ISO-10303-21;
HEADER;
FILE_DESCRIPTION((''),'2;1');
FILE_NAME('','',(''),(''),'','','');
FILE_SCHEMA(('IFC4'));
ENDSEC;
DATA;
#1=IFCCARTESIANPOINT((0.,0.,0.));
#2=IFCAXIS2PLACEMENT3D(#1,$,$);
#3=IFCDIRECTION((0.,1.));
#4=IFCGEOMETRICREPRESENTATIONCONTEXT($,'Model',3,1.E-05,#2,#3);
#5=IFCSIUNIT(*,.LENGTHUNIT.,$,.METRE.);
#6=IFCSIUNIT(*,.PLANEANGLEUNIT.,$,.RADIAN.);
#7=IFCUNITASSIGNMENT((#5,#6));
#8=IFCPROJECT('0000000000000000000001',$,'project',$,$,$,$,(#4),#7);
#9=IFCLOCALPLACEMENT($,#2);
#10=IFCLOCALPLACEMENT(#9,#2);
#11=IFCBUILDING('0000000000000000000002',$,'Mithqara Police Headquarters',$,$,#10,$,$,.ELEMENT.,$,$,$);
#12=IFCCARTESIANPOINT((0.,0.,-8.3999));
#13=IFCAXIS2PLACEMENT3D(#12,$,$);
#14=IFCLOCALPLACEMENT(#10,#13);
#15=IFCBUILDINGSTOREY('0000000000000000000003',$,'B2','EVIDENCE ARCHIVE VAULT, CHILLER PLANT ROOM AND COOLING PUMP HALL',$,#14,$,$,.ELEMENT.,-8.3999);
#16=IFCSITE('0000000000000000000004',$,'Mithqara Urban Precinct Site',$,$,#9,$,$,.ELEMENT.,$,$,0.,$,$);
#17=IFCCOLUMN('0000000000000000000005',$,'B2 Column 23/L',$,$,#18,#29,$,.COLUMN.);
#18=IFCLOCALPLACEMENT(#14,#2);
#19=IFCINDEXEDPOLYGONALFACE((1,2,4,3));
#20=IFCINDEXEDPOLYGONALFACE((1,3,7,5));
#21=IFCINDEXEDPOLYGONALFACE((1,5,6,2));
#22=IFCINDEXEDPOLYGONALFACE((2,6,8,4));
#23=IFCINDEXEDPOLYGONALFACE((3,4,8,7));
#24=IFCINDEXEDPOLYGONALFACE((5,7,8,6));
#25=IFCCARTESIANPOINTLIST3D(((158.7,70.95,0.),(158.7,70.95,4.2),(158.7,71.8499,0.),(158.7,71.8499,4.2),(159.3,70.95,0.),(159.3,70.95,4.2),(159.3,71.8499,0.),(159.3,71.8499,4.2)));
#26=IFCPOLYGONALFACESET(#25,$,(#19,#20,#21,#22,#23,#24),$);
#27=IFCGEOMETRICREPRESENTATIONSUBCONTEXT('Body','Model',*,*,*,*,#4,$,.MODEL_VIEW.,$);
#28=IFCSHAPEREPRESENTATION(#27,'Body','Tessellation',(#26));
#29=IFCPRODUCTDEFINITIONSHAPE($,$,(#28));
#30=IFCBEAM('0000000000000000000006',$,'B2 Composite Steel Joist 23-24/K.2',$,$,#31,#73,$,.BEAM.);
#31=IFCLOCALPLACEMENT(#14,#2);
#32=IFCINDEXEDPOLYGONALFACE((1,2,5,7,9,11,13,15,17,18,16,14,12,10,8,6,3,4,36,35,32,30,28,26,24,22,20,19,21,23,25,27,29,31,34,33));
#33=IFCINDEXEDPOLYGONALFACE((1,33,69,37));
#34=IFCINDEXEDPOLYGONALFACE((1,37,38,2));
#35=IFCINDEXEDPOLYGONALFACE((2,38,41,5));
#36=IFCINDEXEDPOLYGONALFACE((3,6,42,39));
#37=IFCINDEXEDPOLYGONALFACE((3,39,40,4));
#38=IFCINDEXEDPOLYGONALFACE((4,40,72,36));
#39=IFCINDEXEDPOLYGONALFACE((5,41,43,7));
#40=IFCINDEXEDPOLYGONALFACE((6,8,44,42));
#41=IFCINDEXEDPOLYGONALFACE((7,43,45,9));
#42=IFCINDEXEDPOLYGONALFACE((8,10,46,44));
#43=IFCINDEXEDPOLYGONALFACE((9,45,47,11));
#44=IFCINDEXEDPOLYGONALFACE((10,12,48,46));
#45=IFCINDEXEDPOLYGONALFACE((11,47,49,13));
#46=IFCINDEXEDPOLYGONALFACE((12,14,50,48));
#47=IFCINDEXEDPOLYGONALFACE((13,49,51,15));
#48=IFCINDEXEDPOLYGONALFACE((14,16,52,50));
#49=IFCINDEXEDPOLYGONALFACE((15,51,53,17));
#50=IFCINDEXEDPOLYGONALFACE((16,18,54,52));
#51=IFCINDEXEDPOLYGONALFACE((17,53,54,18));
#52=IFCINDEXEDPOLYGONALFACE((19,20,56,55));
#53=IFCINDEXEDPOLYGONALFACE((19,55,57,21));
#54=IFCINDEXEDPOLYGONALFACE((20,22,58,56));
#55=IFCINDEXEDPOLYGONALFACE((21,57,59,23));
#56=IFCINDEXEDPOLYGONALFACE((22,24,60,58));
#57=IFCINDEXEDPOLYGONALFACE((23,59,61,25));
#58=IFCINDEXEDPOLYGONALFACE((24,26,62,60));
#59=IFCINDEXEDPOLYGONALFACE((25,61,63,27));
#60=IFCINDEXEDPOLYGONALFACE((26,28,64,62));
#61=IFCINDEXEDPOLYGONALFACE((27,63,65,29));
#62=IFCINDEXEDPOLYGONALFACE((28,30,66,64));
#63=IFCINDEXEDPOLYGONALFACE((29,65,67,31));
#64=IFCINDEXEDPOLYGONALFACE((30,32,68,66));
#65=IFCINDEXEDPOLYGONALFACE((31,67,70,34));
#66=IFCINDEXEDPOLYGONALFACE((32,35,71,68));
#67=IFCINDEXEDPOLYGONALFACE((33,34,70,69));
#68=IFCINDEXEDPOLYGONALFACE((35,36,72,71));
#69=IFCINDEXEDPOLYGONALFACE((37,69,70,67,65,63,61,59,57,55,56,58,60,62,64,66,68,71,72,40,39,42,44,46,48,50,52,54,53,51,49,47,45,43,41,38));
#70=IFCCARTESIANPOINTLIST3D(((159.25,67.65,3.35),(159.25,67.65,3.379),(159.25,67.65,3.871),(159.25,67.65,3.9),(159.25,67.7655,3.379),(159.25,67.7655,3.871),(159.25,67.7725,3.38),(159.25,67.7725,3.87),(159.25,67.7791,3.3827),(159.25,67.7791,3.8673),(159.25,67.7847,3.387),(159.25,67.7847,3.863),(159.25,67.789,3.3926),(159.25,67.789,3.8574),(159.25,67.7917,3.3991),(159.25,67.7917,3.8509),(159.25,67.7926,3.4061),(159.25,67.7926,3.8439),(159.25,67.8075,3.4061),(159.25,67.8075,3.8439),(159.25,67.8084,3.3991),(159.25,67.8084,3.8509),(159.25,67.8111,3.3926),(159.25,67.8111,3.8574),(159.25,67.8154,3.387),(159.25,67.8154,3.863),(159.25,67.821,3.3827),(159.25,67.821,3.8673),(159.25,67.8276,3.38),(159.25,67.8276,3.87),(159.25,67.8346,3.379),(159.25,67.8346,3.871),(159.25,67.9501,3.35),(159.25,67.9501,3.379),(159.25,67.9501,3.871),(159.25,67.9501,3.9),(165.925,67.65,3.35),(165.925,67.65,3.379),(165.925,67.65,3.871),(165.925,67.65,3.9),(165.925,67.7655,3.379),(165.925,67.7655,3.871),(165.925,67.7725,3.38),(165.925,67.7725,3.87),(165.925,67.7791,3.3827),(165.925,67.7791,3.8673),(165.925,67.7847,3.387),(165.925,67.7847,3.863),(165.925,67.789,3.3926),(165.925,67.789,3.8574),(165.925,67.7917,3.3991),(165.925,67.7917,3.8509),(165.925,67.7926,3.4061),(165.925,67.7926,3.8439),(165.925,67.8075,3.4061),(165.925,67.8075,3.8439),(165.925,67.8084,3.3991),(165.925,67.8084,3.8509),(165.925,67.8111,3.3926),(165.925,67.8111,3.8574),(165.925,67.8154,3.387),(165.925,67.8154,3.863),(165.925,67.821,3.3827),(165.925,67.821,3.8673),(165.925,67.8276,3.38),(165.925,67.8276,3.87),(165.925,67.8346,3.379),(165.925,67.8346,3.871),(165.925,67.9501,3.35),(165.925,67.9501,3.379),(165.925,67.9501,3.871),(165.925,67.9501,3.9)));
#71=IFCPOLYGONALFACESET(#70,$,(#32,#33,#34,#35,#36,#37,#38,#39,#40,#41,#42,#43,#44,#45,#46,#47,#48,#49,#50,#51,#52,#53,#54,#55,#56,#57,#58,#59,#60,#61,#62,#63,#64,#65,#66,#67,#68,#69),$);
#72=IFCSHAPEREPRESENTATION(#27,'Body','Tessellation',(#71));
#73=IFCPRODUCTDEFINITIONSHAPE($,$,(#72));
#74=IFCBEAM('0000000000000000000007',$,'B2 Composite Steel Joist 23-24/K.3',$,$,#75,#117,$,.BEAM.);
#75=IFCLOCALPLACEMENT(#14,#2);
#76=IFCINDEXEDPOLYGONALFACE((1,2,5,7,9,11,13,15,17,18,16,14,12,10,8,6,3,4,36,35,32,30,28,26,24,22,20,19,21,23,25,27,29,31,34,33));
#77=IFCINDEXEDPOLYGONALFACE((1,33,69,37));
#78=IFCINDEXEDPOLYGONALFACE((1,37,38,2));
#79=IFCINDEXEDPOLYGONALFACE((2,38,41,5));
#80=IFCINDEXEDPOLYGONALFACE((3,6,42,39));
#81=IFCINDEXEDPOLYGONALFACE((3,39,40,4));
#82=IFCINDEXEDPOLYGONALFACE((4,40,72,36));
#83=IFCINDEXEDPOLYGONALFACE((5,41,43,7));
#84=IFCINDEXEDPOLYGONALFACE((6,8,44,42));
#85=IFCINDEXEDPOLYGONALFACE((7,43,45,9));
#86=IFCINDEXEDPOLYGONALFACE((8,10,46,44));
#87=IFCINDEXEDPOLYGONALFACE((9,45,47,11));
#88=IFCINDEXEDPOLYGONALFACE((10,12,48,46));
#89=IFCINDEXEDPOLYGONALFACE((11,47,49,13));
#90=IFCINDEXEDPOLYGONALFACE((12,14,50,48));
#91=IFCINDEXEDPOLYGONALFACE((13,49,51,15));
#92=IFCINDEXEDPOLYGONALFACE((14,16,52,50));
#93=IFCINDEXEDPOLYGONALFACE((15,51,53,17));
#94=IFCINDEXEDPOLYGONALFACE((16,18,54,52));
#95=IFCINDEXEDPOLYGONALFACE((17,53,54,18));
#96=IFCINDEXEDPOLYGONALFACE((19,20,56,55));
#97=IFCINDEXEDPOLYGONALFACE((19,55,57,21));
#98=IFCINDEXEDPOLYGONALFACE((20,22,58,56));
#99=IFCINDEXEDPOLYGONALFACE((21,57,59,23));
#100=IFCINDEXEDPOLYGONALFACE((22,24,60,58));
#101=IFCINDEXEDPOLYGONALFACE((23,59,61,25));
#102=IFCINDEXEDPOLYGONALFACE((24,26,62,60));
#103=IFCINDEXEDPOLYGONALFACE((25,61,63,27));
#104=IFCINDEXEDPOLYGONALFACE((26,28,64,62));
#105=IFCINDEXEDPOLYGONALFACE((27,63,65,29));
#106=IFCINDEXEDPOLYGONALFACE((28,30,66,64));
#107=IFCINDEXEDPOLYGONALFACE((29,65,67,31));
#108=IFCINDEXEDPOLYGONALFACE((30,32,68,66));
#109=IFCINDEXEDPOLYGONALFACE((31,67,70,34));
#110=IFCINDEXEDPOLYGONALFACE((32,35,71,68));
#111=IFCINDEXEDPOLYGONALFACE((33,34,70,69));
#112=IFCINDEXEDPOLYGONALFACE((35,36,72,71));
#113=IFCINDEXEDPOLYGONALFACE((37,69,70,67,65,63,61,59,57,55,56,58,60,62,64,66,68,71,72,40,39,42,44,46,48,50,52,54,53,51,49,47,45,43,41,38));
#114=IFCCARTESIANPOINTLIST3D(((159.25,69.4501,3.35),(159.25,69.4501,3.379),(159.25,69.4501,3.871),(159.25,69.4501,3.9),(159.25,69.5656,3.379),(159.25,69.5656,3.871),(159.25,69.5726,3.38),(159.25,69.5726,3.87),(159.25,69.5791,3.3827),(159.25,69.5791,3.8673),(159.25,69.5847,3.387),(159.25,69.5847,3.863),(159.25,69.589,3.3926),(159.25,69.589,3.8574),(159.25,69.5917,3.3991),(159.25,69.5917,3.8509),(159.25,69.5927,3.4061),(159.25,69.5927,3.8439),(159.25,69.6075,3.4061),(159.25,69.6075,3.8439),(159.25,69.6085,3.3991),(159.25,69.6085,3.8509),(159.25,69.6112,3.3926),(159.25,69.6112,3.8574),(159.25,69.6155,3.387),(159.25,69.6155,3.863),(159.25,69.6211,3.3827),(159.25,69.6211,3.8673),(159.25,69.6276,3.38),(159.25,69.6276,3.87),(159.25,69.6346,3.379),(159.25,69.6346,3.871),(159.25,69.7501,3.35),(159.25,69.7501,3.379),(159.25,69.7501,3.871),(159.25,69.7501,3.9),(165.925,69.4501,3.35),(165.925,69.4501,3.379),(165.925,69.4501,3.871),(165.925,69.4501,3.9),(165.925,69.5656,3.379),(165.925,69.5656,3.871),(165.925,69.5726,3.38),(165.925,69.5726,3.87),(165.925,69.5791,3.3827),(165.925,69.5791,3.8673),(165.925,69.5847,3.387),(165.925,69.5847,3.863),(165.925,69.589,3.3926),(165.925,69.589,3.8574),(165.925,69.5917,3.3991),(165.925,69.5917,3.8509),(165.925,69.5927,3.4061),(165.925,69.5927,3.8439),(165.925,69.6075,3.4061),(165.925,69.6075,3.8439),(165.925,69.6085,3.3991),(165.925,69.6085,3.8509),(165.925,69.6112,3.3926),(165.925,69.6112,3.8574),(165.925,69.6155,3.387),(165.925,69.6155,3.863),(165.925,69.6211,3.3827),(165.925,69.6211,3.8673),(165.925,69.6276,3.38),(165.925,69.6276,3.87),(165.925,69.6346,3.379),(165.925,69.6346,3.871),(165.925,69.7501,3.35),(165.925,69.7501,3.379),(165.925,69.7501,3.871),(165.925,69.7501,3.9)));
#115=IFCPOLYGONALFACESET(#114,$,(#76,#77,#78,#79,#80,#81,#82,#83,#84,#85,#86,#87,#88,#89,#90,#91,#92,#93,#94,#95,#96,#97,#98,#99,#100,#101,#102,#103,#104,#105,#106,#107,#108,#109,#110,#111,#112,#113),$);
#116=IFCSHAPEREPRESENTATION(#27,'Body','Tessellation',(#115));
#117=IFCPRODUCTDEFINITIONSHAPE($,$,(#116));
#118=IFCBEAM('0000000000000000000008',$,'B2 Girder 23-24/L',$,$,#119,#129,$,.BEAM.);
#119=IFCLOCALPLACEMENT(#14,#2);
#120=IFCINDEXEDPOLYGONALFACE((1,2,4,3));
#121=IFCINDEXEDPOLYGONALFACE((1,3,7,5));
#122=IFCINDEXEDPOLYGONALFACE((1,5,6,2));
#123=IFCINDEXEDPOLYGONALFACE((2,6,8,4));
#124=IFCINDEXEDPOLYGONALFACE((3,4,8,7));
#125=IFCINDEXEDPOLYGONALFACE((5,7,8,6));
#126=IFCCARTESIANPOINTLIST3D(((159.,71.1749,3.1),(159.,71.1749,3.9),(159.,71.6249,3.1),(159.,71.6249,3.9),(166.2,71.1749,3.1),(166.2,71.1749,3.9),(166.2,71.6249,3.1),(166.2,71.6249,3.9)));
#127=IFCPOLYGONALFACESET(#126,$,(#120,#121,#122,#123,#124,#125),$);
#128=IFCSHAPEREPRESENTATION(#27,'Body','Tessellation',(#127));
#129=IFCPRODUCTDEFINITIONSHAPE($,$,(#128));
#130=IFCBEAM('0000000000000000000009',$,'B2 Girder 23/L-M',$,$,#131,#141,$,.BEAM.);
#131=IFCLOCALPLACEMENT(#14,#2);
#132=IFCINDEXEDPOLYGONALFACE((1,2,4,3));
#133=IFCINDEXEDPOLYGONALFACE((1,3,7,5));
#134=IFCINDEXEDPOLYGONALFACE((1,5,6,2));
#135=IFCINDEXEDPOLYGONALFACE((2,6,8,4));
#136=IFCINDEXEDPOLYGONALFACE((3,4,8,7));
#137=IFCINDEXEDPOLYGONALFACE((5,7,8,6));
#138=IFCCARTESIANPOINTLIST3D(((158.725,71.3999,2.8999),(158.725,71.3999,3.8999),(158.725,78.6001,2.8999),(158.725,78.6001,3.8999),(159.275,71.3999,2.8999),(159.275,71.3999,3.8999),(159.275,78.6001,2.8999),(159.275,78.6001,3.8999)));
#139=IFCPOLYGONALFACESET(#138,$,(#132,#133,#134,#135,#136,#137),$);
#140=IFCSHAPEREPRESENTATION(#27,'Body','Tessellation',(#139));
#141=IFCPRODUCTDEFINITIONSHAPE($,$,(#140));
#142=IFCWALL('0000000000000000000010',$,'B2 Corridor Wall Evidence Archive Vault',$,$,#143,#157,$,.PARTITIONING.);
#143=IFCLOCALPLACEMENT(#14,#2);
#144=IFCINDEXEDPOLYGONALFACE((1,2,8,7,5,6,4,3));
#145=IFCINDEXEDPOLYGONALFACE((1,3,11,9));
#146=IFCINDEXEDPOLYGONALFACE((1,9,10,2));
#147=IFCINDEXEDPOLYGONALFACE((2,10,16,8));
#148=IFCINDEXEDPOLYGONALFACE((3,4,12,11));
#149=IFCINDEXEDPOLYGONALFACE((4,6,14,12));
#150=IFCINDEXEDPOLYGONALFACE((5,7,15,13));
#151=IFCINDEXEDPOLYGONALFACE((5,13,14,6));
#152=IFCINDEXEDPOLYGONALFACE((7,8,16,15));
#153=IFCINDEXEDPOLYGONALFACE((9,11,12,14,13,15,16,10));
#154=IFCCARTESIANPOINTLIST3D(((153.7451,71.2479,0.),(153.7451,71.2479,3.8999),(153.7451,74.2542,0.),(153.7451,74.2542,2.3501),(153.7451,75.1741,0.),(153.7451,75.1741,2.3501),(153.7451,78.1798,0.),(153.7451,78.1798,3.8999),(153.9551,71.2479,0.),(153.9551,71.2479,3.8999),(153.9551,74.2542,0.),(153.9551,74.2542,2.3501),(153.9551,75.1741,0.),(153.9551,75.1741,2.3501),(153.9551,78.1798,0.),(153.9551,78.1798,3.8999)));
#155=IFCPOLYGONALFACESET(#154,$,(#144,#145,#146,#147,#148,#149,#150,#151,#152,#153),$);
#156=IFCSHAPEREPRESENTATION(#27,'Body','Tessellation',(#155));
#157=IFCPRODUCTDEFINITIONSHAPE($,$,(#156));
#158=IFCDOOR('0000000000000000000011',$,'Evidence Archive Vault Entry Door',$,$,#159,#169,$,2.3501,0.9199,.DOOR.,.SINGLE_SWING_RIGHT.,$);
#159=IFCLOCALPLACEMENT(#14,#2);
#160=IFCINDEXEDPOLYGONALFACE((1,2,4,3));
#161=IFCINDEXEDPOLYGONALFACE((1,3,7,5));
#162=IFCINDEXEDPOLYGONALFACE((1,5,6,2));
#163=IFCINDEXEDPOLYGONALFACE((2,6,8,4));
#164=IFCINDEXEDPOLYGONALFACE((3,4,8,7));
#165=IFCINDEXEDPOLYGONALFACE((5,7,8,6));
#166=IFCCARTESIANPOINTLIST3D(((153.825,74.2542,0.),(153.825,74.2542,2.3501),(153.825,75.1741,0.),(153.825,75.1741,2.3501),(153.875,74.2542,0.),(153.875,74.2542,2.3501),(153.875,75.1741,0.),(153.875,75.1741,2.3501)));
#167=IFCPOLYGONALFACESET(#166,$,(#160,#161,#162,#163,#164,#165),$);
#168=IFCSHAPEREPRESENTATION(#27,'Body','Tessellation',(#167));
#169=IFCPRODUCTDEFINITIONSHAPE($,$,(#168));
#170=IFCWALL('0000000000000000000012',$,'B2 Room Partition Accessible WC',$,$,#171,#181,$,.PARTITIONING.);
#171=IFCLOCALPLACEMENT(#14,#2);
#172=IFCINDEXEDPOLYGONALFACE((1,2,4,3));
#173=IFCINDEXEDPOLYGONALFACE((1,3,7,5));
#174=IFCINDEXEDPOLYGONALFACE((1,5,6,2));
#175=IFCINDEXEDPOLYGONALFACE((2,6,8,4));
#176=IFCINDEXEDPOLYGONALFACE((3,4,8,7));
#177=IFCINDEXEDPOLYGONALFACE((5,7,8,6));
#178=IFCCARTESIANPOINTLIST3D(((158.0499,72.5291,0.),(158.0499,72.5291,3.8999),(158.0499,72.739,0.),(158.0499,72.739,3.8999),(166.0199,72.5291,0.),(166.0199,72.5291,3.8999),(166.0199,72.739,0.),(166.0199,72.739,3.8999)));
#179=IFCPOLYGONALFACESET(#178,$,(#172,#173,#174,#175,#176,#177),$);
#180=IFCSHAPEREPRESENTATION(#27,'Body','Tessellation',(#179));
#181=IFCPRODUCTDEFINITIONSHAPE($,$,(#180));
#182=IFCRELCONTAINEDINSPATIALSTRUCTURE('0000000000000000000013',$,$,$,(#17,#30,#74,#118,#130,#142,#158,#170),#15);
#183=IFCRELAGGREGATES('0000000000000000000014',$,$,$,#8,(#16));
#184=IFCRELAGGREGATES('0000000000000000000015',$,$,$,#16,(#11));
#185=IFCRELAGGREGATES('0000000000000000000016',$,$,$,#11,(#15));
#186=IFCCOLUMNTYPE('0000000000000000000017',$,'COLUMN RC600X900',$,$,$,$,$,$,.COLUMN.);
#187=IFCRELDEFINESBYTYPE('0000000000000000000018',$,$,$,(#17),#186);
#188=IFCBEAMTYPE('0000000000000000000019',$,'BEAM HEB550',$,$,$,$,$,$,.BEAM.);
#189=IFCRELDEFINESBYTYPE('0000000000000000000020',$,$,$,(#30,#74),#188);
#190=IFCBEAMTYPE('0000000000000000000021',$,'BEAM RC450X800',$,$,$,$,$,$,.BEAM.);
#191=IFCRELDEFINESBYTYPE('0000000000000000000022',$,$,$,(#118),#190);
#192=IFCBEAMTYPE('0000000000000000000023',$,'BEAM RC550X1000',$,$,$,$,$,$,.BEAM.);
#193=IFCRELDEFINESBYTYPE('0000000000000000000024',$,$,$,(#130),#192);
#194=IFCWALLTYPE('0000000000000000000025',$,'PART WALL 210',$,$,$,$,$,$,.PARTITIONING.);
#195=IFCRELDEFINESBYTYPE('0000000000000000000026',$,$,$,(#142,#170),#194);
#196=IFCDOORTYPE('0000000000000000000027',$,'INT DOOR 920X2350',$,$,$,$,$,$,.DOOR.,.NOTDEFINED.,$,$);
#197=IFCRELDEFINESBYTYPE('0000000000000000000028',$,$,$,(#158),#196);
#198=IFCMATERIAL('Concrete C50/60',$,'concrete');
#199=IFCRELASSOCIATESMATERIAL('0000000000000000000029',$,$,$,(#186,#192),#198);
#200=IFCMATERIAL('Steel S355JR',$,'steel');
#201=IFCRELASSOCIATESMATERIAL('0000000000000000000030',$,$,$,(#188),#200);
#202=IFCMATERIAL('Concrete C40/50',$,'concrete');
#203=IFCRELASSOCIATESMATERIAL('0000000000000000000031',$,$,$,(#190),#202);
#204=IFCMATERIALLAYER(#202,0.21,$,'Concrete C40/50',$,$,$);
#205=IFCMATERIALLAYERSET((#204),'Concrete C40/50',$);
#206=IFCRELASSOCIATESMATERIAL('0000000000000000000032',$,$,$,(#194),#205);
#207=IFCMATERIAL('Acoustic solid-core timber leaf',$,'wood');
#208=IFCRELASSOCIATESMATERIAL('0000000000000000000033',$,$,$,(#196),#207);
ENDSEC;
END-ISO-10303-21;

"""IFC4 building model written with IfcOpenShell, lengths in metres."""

from ifc_helpers import new_model, si_unit, direction, frame, frame_2d, origin, origin_2d, place, context, subcontext, project, spatial, rectangle, i_section, extrude, material, layer, layer_set, material_profile, profile_set, type_object, element, fill, save


model = new_model("IFC4")

# Units and contexts
model_context = context("Model", 3, precision=1e-05, world=origin(), true_north=direction((0.0, 1.0)))
body_context = subcontext(model_context, "Body", "Model", "MODEL_VIEW")
ifc_project = project(units=[si_unit("LENGTHUNIT", "METRE"), si_unit("PLANEANGLEUNIT", "RADIAN")], contexts=[model_context])

# Site, building, storey
site_placement = place(None, origin())
site = spatial("IfcSite", under=ifc_project, at=site_placement, Name="Mithqara Urban Precinct Site", CompositionType="ELEMENT", RefElevation=0.0)
building_placement = place(site_placement, origin())
building = spatial("IfcBuilding", under=site, at=building_placement, Name="Mithqara Police Headquarters", CompositionType="ELEMENT")
storey_placement = place(building_placement, frame((0.0, 0.0, -8.3999)))
storey = spatial("IfcBuildingStorey", under=building, at=storey_placement, Name="B2", Description="EVIDENCE ARCHIVE VAULT, CHILLER PLANT ROOM AND COOLING PUMP HALL", CompositionType="ELEMENT", Elevation=-8.3999)

# Shared definitions
ifc_material_1 = material(Name="Concrete C40/50", Category="concrete")

# Column
ifc_material_2 = material(Name="Concrete C50/60", Category="concrete")
ifc_material_profile_1 = material_profile(ifc_material_2, rectangle(XDim=0.6001, YDim=0.8999, at=origin_2d()), Name="RC 600x900")
ifc_profile_set_1 = profile_set([ifc_material_profile_1], Name="Concrete C50/60")
column_type = type_object("IfcColumnType", Name="COLUMN RC600X900", PredefinedType="COLUMN", material=ifc_profile_set_1)
column_placement = place(storey_placement, frame((159.0, 71.3999, 0.0), z_axis=(0.0, 0.0, 1.0), x_axis=(1.0, 0.0, 0.0)))
element("IfcColumn", 1, at=column_placement, inside=storey, type_object=column_type, Name="B2 Column 23/L", PredefinedType="COLUMN", context=body_context, shape_type="SweptSolid", body=[
    extrude(rectangle(XDim=0.6001, YDim=0.8999, at=origin_2d()), origin(), (0.0, 0.0, 1.0), 4.2),
])

# Beams
ifc_material_3 = material(Name="Steel S355JR", Category="steel")
ifc_material_profile_2 = material_profile(ifc_material_3, i_section(OverallWidth=0.3, OverallDepth=0.55, WebThickness=0.0149, FlangeThickness=0.0291, FilletRadius=0.0271, at=origin_2d()), Name="HEB 550")
ifc_profile_set_2 = profile_set([ifc_material_profile_2], Name="Steel S355JR")
beam_type_1 = type_object("IfcBeamType", Name="BEAM HEB550", PredefinedType="BEAM", material=ifc_profile_set_2)
for number, where, z_axis, x_axis, name in (
    (2, (159.25, 67.8, 3.625), (1.0, 0.0, 0.0), (0.0, 1.0, 0.0), "B2 Composite Steel Joist 23-24/K.2"),
    (3, (159.25, 69.6001, 3.625), (1.0, 0.0, 0.0), (0.0, 1.0, 0.0), "B2 Composite Steel Joist 23-24/K.3"),
):
    element("IfcBeam", number, at=place(storey_placement, frame(where, z_axis=z_axis, x_axis=x_axis)), inside=storey, type_object=beam_type_1, Name=name, PredefinedType="BEAM", context=body_context, shape_type="SweptSolid", body=[
        extrude(i_section(OverallWidth=0.3, OverallDepth=0.55, WebThickness=0.0149, FlangeThickness=0.0291, FilletRadius=0.0271, at=origin_2d()), origin(), (0.0, 0.0, 1.0), 6.675),
    ])
ifc_material_profile_3 = material_profile(ifc_material_1, rectangle(XDim=0.45, YDim=0.8, at=origin_2d()), Name="RC 450x800")
ifc_profile_set_3 = profile_set([ifc_material_profile_3], Name="Concrete C40/50")
beam_type_2 = type_object("IfcBeamType", Name="BEAM RC450X800", PredefinedType="BEAM", material=ifc_profile_set_3)
beam_1_placement = place(storey_placement, frame((159.0, 71.3999, 3.5), z_axis=(1.0, 0.0, 0.0), x_axis=(0.0, 1.0, 0.0)))
element("IfcBeam", 4, at=beam_1_placement, inside=storey, type_object=beam_type_2, Name="B2 Girder 23-24/L", PredefinedType="BEAM", context=body_context, shape_type="SweptSolid", body=[
    extrude(rectangle(XDim=0.45, YDim=0.8, at=origin_2d()), origin(), (0.0, 0.0, 1.0), 7.2),
])
ifc_material_profile_4 = material_profile(ifc_material_2, rectangle(XDim=0.55, YDim=1.0, at=origin_2d()), Name="RC 550x1000")
ifc_profile_set_4 = profile_set([ifc_material_profile_4], Name="Concrete C50/60")
beam_type_3 = type_object("IfcBeamType", Name="BEAM RC550X1000", PredefinedType="BEAM", material=ifc_profile_set_4)
beam_2_placement = place(storey_placement, frame((159.0, 71.3999, 3.3999), z_axis=(0.0, 1.0, 0.0), x_axis=(-1.0, 0.0, 0.0)))
element("IfcBeam", 5, at=beam_2_placement, inside=storey, type_object=beam_type_3, Name="B2 Girder 23/L-M", PredefinedType="BEAM", context=body_context, shape_type="SweptSolid", body=[
    extrude(rectangle(XDim=0.55, YDim=1.0, at=origin_2d()), origin(), (0.0, 0.0, 1.0), 7.2002),
])

# Wall, opening, door
ifc_layer = layer(ifc_material_1, 0.21, Name="Concrete C40/50")
ifc_layer_set = layer_set([ifc_layer], Name="Concrete C40/50")
wall_type = type_object("IfcWallType", Name="PART WALL 210", PredefinedType="PARTITIONING", material=ifc_layer_set)
wall_1_placement = place(storey_placement, frame((153.8501, 71.248, 0.0), z_axis=(0.0, 0.0, 1.0), x_axis=(0.0, 1.0, 0.0)))
wall_1 = element("IfcWall", 6, at=wall_1_placement, inside=storey, type_object=wall_type, Name="B2 Corridor Wall Evidence Archive Vault", PredefinedType="PARTITIONING", context=body_context, shape_type="SweptSolid", body=[
    extrude(rectangle(XDim=6.9319, YDim=0.21, at=frame_2d((3.4658, 0.0))), origin(), (0.0, 0.0, 1.0), 3.8999),
])
opening_1_placement = place(wall_1_placement, frame((3.0061, 0.0, 0.0)))
opening_1 = element("IfcOpeningElement", 7, at=opening_1_placement, cuts=wall_1, PredefinedType="OPENING", context=body_context, shape_type="SweptSolid", body=[
    extrude(rectangle(XDim=0.9199, YDim=2.3501, at=frame_2d((0.46, 1.175))), frame((0.0, 0.115, 0.0), z_axis=(0.0, -1.0, 0.0), x_axis=(1.0, 0.0, 0.0)), (0.0, 0.0, 1.0), 0.23),
])
ifc_material_4 = material(Name="Acoustic solid-core timber leaf", Category="wood")
door_type_1 = type_object("IfcDoorType", Name="INT DOOR 920X2350", OperationType="NOTDEFINED", PredefinedType="DOOR", material=ifc_material_4)
door_1_placement = place(opening_1_placement, frame((0.9199, 0.0, 0.0), z_axis=(0.0, 0.0, 1.0), x_axis=(-1.0, 0.0, 0.0)))
door_1 = element("IfcDoor", 8, at=door_1_placement, inside=storey, type_object=door_type_1, Name="Evidence Archive Vault Entry Door", OperationType="SINGLE_SWING_RIGHT", OverallHeight=2.3501, OverallWidth=0.9199, PredefinedType="DOOR", context=body_context, shape_type="SweptSolid", body=[
    extrude(rectangle(XDim=0.9199, YDim=2.3501, at=frame_2d((0.46, 1.175))), frame((0.0, 0.0249, 0.0), z_axis=(0.0, -1.0, 0.0), x_axis=(1.0, 0.0, 0.0)), (0.0, 0.0, 1.0), 0.05),
])
fill(opening_1, door_1)

# Wall
wall_2_placement = place(storey_placement, frame((158.05, 72.634, 0.0), z_axis=(0.0, 0.0, 1.0), x_axis=(1.0, 0.0, 0.0)))
element("IfcWall", 9, at=wall_2_placement, inside=storey, type_object=wall_type, Name="B2 Room Partition Accessible WC", PredefinedType="PARTITIONING", context=body_context, shape_type="SweptSolid", body=[
    extrude(rectangle(XDim=7.97, YDim=0.21, at=frame_2d((3.9849, 0.0))), origin(), (0.0, 0.0, 1.0), 3.8999),
])

save(model, "model.ifc")
